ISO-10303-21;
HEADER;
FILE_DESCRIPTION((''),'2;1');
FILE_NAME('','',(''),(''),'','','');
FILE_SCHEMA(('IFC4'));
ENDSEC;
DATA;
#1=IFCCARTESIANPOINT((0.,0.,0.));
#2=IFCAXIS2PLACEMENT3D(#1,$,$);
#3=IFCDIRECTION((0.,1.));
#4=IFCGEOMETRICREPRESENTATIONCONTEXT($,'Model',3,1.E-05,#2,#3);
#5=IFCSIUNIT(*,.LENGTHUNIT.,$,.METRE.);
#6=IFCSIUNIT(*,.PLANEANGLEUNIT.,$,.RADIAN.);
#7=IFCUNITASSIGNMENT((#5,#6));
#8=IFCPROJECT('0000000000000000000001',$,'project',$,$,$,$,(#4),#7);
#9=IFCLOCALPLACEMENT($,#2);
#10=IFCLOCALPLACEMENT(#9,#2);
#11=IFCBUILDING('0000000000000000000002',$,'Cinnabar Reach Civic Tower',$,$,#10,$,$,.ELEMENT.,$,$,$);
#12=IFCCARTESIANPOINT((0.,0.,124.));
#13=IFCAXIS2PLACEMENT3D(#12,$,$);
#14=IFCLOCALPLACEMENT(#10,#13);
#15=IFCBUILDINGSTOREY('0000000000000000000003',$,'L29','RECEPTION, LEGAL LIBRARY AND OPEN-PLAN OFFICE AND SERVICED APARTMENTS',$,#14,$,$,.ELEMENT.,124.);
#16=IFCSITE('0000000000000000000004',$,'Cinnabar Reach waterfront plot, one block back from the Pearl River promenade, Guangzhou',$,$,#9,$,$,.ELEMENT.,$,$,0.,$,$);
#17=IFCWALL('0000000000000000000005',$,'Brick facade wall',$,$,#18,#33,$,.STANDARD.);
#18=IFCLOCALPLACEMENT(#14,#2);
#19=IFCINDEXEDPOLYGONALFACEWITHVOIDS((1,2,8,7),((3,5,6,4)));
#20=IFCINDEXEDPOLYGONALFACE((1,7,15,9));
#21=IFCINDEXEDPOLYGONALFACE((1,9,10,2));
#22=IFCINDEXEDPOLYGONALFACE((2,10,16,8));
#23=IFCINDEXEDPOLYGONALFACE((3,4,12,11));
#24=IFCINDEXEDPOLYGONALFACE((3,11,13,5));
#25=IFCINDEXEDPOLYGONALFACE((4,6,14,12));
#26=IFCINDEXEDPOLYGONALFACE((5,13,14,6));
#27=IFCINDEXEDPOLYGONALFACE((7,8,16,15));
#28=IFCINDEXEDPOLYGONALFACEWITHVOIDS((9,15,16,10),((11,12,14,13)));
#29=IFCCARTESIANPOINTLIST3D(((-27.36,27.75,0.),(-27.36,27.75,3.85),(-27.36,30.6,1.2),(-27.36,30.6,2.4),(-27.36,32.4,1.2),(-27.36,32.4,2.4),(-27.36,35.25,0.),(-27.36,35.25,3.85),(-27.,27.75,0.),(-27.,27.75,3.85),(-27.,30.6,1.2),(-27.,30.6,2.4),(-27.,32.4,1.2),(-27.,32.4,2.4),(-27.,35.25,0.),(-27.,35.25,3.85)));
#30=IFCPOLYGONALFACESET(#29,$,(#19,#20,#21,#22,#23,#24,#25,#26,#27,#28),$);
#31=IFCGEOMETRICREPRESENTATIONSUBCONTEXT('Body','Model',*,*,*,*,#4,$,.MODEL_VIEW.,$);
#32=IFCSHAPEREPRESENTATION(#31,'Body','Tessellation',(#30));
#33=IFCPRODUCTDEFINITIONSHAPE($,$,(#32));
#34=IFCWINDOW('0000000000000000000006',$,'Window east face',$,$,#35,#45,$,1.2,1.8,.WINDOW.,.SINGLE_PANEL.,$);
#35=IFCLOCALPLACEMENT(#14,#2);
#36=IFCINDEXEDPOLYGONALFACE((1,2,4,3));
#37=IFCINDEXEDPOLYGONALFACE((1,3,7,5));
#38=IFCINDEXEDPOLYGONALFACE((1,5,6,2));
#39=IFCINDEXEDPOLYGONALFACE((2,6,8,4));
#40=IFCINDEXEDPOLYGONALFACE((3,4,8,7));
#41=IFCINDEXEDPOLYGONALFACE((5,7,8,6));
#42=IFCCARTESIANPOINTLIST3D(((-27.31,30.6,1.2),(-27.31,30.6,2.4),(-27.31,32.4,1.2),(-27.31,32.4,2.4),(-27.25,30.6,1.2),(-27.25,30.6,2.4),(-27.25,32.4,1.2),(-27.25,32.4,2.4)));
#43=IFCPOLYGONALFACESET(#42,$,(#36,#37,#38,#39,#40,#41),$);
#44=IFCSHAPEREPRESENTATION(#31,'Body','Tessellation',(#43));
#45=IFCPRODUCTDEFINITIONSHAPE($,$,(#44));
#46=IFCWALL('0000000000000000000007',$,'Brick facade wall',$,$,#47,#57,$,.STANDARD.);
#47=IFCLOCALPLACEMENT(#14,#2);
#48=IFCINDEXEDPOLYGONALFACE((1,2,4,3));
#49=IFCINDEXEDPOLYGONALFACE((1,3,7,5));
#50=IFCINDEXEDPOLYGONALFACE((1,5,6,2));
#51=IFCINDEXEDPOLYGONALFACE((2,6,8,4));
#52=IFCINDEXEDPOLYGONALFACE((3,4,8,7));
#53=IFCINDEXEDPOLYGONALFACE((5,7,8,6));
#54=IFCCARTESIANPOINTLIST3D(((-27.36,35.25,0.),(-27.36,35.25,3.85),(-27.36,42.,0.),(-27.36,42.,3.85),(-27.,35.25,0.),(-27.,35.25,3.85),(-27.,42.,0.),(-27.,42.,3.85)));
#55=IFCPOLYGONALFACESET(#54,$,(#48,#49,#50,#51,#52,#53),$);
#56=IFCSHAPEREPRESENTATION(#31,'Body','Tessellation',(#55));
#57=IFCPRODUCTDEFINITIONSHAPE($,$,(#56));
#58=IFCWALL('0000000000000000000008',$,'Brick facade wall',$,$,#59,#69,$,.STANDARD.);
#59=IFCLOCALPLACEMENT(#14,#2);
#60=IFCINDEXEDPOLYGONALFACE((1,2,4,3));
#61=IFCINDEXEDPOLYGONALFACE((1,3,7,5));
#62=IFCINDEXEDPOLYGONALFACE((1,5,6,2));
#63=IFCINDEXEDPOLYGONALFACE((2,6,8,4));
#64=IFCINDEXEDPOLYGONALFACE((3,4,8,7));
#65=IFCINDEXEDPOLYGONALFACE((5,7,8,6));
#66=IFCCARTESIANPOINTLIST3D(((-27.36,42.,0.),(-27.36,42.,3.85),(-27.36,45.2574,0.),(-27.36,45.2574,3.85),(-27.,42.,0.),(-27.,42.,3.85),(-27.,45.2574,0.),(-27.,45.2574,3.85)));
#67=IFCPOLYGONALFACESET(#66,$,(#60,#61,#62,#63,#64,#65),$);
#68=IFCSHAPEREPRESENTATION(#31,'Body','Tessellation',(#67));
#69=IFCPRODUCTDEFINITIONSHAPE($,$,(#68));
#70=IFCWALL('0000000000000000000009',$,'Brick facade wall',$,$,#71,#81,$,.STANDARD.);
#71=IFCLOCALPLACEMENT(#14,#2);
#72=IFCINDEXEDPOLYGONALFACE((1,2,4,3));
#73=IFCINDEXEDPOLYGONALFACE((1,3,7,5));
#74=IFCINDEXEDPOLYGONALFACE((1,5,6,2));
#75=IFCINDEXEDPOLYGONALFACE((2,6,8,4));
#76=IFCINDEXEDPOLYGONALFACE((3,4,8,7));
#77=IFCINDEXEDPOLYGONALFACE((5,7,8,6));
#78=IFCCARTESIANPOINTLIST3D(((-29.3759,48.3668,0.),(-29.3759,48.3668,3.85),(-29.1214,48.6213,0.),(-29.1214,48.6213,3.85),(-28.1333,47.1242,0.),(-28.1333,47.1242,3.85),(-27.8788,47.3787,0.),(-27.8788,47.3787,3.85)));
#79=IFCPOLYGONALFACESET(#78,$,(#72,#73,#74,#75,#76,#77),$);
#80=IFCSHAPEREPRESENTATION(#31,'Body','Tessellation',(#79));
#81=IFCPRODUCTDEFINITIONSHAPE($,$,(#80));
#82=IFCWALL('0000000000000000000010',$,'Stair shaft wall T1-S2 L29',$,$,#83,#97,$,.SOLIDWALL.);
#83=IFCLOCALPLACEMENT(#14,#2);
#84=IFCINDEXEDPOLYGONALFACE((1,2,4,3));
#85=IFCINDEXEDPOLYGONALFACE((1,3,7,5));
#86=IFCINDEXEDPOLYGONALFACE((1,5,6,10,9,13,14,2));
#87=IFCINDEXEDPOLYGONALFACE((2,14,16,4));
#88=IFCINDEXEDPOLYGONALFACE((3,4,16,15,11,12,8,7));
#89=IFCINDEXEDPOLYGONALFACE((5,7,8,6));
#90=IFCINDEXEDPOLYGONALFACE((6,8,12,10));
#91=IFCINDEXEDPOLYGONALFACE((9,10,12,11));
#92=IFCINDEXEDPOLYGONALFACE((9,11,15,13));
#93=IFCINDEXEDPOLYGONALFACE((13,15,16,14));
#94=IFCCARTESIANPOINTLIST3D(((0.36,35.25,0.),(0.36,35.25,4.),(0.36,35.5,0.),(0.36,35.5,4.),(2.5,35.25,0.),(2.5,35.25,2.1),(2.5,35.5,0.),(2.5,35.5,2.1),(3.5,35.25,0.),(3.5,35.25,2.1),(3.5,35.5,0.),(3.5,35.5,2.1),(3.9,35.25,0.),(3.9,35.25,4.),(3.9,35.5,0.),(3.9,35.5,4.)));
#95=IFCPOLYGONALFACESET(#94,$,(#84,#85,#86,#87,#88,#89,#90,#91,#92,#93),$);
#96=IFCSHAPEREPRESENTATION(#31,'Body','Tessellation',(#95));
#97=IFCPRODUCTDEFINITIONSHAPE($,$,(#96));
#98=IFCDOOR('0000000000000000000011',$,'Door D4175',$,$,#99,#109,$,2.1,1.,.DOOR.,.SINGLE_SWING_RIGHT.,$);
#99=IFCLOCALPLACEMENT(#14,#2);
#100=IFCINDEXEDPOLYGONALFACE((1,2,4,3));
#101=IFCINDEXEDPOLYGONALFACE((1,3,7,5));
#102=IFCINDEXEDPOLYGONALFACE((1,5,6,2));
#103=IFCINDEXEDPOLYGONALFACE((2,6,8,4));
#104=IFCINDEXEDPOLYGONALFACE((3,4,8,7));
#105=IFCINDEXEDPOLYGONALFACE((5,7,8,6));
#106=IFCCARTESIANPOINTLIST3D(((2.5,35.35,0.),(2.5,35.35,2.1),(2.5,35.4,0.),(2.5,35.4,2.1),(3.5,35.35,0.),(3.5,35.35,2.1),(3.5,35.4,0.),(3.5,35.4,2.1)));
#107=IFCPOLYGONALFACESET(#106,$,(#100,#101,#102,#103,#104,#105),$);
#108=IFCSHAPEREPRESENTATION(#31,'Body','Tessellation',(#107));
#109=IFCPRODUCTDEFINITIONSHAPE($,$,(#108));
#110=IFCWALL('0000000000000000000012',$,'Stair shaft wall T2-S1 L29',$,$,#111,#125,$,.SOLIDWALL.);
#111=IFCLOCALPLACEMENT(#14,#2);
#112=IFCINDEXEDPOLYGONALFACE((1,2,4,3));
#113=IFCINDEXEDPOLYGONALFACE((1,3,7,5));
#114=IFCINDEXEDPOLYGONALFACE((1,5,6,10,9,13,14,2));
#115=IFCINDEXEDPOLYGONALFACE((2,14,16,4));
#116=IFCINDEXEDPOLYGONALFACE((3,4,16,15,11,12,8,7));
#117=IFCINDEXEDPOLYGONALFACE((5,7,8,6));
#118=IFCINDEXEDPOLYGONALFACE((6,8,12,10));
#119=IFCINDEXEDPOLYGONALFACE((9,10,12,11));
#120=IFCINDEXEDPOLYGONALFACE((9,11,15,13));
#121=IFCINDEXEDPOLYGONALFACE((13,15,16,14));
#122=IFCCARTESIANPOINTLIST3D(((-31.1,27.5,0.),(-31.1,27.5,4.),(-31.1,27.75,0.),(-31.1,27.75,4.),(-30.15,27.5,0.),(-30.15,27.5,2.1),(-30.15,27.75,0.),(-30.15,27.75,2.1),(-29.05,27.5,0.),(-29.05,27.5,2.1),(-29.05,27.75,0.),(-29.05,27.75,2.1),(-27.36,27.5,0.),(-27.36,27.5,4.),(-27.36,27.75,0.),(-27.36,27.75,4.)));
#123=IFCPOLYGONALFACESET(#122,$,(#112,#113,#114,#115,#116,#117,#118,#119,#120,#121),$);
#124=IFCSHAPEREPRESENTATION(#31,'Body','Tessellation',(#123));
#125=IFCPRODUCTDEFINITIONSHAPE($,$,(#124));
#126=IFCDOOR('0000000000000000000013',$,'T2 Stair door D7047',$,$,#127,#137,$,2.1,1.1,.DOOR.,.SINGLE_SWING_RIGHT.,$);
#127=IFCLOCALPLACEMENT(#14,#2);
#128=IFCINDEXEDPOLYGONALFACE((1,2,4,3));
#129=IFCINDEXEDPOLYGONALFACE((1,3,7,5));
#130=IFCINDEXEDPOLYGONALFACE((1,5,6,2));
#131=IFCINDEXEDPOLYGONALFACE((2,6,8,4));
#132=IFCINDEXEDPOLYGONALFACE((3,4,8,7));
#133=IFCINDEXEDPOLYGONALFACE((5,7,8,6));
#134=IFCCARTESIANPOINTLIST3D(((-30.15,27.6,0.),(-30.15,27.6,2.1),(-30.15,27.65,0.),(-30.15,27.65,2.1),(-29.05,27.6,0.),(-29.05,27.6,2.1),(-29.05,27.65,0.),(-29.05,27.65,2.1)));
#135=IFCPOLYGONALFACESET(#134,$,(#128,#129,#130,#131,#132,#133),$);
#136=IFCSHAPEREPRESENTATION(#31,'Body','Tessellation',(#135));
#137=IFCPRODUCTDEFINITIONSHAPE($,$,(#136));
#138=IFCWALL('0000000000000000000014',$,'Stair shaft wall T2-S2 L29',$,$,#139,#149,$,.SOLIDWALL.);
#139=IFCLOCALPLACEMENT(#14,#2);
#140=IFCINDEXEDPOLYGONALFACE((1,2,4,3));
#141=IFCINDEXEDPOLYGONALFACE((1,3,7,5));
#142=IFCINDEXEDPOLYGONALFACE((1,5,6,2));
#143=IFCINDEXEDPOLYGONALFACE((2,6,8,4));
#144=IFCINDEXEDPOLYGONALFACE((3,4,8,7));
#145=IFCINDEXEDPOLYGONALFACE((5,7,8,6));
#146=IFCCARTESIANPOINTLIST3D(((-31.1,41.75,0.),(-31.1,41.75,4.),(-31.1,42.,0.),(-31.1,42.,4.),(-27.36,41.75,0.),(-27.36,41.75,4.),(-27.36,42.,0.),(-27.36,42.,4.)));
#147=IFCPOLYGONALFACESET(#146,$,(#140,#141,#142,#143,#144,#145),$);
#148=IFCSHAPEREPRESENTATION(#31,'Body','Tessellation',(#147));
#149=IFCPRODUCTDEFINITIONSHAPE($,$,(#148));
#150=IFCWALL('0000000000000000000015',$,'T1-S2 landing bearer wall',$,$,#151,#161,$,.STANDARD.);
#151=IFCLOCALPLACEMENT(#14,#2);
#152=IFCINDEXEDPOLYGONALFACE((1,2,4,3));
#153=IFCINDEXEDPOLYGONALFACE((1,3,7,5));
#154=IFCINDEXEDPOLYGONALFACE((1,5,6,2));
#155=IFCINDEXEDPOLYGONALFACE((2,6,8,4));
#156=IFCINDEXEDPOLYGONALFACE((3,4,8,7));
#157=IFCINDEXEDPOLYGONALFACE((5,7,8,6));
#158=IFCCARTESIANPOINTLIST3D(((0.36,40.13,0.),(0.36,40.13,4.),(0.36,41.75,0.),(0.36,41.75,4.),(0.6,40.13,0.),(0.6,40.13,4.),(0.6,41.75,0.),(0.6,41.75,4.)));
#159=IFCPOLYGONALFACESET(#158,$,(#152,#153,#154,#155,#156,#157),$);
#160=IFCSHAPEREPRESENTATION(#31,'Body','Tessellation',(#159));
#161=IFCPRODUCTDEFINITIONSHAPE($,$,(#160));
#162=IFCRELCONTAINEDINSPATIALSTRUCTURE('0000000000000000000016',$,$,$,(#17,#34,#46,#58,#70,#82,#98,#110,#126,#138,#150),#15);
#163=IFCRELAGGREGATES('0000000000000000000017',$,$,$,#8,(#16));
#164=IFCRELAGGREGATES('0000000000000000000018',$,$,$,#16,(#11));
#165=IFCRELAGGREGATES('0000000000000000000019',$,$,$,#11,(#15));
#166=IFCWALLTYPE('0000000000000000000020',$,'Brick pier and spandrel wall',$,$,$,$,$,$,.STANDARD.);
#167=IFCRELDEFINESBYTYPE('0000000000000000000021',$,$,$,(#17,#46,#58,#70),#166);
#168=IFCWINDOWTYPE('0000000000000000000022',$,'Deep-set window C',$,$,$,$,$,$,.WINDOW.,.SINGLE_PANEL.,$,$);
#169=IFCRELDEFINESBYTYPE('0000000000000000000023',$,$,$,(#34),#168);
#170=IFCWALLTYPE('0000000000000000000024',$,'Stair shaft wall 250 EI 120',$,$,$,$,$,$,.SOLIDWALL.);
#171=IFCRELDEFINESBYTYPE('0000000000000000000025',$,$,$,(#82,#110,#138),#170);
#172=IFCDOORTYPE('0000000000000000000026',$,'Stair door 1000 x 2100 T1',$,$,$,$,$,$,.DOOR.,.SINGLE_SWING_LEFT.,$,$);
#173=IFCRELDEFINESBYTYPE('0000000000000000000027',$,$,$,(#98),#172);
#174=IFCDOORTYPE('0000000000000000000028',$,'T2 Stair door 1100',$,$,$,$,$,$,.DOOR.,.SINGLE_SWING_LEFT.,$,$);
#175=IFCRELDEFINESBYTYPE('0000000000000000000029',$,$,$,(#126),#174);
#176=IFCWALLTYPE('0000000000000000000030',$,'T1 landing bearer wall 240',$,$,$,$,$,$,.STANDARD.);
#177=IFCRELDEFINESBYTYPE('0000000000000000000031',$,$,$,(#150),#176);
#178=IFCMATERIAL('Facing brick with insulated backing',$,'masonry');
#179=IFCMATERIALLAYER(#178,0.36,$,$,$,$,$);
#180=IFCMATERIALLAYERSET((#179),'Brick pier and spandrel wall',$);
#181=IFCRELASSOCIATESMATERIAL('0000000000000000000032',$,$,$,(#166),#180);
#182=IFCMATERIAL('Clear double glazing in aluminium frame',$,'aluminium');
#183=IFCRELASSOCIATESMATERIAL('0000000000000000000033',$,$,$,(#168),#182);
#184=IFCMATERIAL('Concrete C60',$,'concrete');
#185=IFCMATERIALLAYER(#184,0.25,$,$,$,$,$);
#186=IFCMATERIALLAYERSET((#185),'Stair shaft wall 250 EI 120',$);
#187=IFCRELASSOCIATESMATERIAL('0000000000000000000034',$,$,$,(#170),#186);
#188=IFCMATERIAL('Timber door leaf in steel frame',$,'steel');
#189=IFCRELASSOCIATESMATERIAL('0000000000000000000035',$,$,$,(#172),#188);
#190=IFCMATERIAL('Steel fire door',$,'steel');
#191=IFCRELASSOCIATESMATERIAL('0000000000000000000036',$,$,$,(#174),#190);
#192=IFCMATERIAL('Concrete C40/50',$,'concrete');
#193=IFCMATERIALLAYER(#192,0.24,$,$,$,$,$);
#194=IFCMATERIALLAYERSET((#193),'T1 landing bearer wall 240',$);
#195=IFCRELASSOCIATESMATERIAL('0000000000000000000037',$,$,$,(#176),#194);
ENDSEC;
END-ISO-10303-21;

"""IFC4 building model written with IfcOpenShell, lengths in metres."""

from ifc_helpers import new_model, si_unit, direction, frame, frame_2d, origin, place, context, subcontext, project, spatial, rectangle, extrude, material, layer, layer_set, type_object, element, fill, save


model = new_model("IFC4")

# Units and contexts
model_context = context("Model", 3, precision=1e-05, world=origin(), true_north=direction((0.0, 1.0)))
body_context = subcontext(model_context, "Body", "Model", "MODEL_VIEW")
ifc_project = project(units=[si_unit("LENGTHUNIT", "METRE"), si_unit("PLANEANGLEUNIT", "RADIAN")], contexts=[model_context])

# Site, building, storey
site_placement = place(None, origin())
site = spatial("IfcSite", under=ifc_project, at=site_placement, Name="Cinnabar Reach waterfront plot, one block back from the Pearl River promenade, Guangzhou", CompositionType="ELEMENT", RefElevation=0.0)
building_placement = place(site_placement, origin())
building = spatial("IfcBuilding", under=site, at=building_placement, Name="Cinnabar Reach Civic Tower", CompositionType="ELEMENT")
storey_placement = place(building_placement, frame((0.0, 0.0, 124.0)))
storey = spatial("IfcBuildingStorey", under=building, at=storey_placement, Name="L29", Description="RECEPTION, LEGAL LIBRARY AND OPEN-PLAN OFFICE AND SERVICED APARTMENTS", CompositionType="ELEMENT", Elevation=124.0)

# Shared definitions
ifc_material_1 = material(Name="Concrete C60", Category="concrete")

# Shared definitions
ifc_material_2 = material(Name="Facing brick with insulated backing", Category="masonry")
ifc_layer_1 = layer(ifc_material_2, 0.36)
ifc_layer_set_1 = layer_set([ifc_layer_1], Name="Brick pier and spandrel wall")
wall_type_1 = type_object("IfcWallType", Name="Brick pier and spandrel wall", PredefinedType="STANDARD", material=ifc_layer_set_1)

# Wall, opening, window
wall_1_placement = place(storey_placement, frame((-27.18, 27.75, 0.0), z_axis=(0.0, 0.0, 1.0), x_axis=(0.0, 1.0, 0.0)))
wall_1 = element("IfcWall", 1, at=wall_1_placement, inside=storey, type_object=wall_type_1, Name="Brick facade wall", PredefinedType="STANDARD", context=body_context, shape_type="SweptSolid", body=[
    extrude(rectangle(XDim=7.5, YDim=0.36, at=frame_2d((3.75, 0.0))), origin(), (0.0, 0.0, 1.0), 3.85),
])
opening_1_placement = place(wall_1_placement, frame((2.85, 0.0, 1.2)))
opening_1 = element("IfcOpeningElement", 2, at=opening_1_placement, cuts=wall_1, PredefinedType="OPENING", context=body_context, shape_type="SweptSolid", body=[
    extrude(rectangle(XDim=1.8, YDim=1.2, at=frame_2d((0.9, 0.6))), frame((0.0, 0.19, 0.0), z_axis=(0.0, -1.0, 0.0), x_axis=(1.0, 0.0, 0.0)), (0.0, 0.0, 1.0), 0.38),
])
ifc_material_3 = material(Name="Clear double glazing in aluminium frame", Category="aluminium")
window_type = type_object("IfcWindowType", Name="Deep-set window C", PartitioningType="SINGLE_PANEL", PredefinedType="WINDOW", material=ifc_material_3)
window_placement = place(opening_1_placement, origin())
window = element("IfcWindow", 3, at=window_placement, inside=storey, type_object=window_type, Name="Window east face", OverallHeight=1.2, OverallWidth=1.8, PartitioningType="SINGLE_PANEL", PredefinedType="WINDOW", context=body_context, shape_type="SweptSolid", body=[
    extrude(rectangle(XDim=1.8, YDim=1.2, at=frame_2d((0.9, 0.6))), frame((0.0, 0.13, 0.0), z_axis=(0.0, -1.0, 0.0), x_axis=(1.0, 0.0, 0.0)), (0.0, 0.0, 1.0), 0.06),
])
fill(opening_1, window)

# Walls
wall_2_placement = place(storey_placement, frame((-27.18, 35.25, 0.0), z_axis=(0.0, 0.0, 1.0), x_axis=(0.0, 1.0, 0.0)))
element("IfcWall", 4, at=wall_2_placement, inside=storey, type_object=wall_type_1, Name="Brick facade wall", PredefinedType="STANDARD", context=body_context, shape_type="SweptSolid", body=[
    extrude(rectangle(XDim=6.75, YDim=0.36, at=frame_2d((3.375, 0.0))), origin(), (0.0, 0.0, 1.0), 3.85),
])
wall_3_placement = place(storey_placement, frame((-27.18, 42.0, 0.0), z_axis=(0.0, 0.0, 1.0), x_axis=(0.0, 1.0, 0.0)))
element("IfcWall", 5, at=wall_3_placement, inside=storey, type_object=wall_type_1, Name="Brick facade wall", PredefinedType="STANDARD", context=body_context, shape_type="SweptSolid", body=[
    extrude(rectangle(XDim=3.2574, YDim=0.36, at=frame_2d((1.6287, 0.0))), origin(), (0.0, 0.0, 1.0), 3.85),
])
wall_4_placement = place(storey_placement, frame((-28.006, 47.2514, 0.0), z_axis=(0.0, 0.0, 1.0), x_axis=(-0.707107, 0.707107, 0.0)))
element("IfcWall", 6, at=wall_4_placement, inside=storey, type_object=wall_type_1, Name="Brick facade wall", PredefinedType="STANDARD", context=body_context, shape_type="SweptSolid", body=[
    extrude(rectangle(XDim=1.7573, YDim=0.36, at=frame_2d((0.8787, 0.0))), origin(), (0.0, 0.0, 1.0), 3.85),
])

# Walls, openings, doors
ifc_layer_2 = layer(ifc_material_1, 0.25)
ifc_layer_set_2 = layer_set([ifc_layer_2], Name="Stair shaft wall 250 EI 120")
wall_type_2 = type_object("IfcWallType", Name="Stair shaft wall 250 EI 120", PredefinedType="SOLIDWALL", material=ifc_layer_set_2)
wall_5_placement = place(storey_placement, frame((0.36, 35.375, 0.0), z_axis=(0.0, 0.0, 1.0), x_axis=(1.0, 0.0, 0.0)))
wall_5 = element("IfcWall", 7, at=wall_5_placement, inside=storey, type_object=wall_type_2, Name="Stair shaft wall T1-S2 L29", PredefinedType="SOLIDWALL", context=body_context, shape_type="SweptSolid", body=[
    extrude(rectangle(XDim=3.54, YDim=0.25, at=frame_2d((1.77, 0.0))), origin(), (0.0, 0.0, 1.0), 4.0),
])
opening_2_placement = place(wall_5_placement, frame((2.14, 0.0, 0.0)))
opening_2 = element("IfcOpeningElement", 8, at=opening_2_placement, cuts=wall_5, PredefinedType="OPENING", context=body_context, shape_type="SweptSolid", body=[
    extrude(rectangle(XDim=1.0, YDim=2.1, at=frame_2d((0.5, 1.05))), frame((0.0, 0.135, 0.0), z_axis=(0.0, -1.0, 0.0), x_axis=(1.0, 0.0, 0.0)), (0.0, 0.0, 1.0), 0.27),
])
ifc_material_4 = material(Name="Timber door leaf in steel frame", Category="steel")
door_type_1 = type_object("IfcDoorType", Name="Stair door 1000 x 2100 T1", OperationType="SINGLE_SWING_LEFT", PredefinedType="DOOR", material=ifc_material_4)
door_1_placement = place(opening_2_placement, origin())
door_1 = element("IfcDoor", 9, at=door_1_placement, inside=storey, type_object=door_type_1, Name="Door D4175", OperationType="SINGLE_SWING_RIGHT", OverallHeight=2.1, OverallWidth=1.0, PredefinedType="DOOR", context=body_context, shape_type="SweptSolid", body=[
    extrude(rectangle(XDim=1.0, YDim=2.1, at=frame_2d((0.5, 1.05))), frame((0.0, 0.025, 0.0), z_axis=(0.0, -1.0, 0.0), x_axis=(1.0, 0.0, 0.0)), (0.0, 0.0, 1.0), 0.05),
])
fill(opening_2, door_1)
wall_6_placement = place(storey_placement, frame((-27.36, 27.625, 0.0), z_axis=(0.0, 0.0, 1.0), x_axis=(-1.0, 0.0, 0.0)))
wall_6 = element("IfcWall", 10, at=wall_6_placement, inside=storey, type_object=wall_type_2, Name="Stair shaft wall T2-S1 L29", PredefinedType="SOLIDWALL", context=body_context, shape_type="SweptSolid", body=[
    extrude(rectangle(XDim=3.74, YDim=0.25, at=frame_2d((1.87, 0.0))), origin(), (0.0, 0.0, 1.0), 4.0),
])
opening_3_placement = place(wall_6_placement, frame((1.69, 0.0, 0.0)))
opening_3 = element("IfcOpeningElement", 11, at=opening_3_placement, cuts=wall_6, PredefinedType="OPENING", context=body_context, shape_type="SweptSolid", body=[
    extrude(rectangle(XDim=1.1, YDim=2.1, at=frame_2d((0.55, 1.05))), frame((0.0, 0.135, 0.0), z_axis=(0.0, -1.0, 0.0), x_axis=(1.0, 0.0, 0.0)), (0.0, 0.0, 1.0), 0.27),
])
ifc_material_5 = material(Name="Steel fire door", Category="steel")
door_type_2 = type_object("IfcDoorType", Name="T2 Stair door 1100", OperationType="SINGLE_SWING_LEFT", PredefinedType="DOOR", material=ifc_material_5)
door_2_placement = place(opening_3_placement, origin())
door_2 = element("IfcDoor", 12, at=door_2_placement, inside=storey, type_object=door_type_2, Name="T2 Stair door D7047", OperationType="SINGLE_SWING_RIGHT", OverallHeight=2.1, OverallWidth=1.1, PredefinedType="DOOR", context=body_context, shape_type="SweptSolid", body=[
    extrude(rectangle(XDim=1.1, YDim=2.1, at=frame_2d((0.55, 1.05))), frame((0.0, 0.025, 0.0), z_axis=(0.0, -1.0, 0.0), x_axis=(1.0, 0.0, 0.0)), (0.0, 0.0, 1.0), 0.05),
])
fill(opening_3, door_2)

# Walls
wall_7_placement = place(storey_placement, frame((-27.36, 41.875, 0.0), z_axis=(0.0, 0.0, 1.0), x_axis=(-1.0, 0.0, 0.0)))
element("IfcWall", 13, at=wall_7_placement, inside=storey, type_object=wall_type_2, Name="Stair shaft wall T2-S2 L29", PredefinedType="SOLIDWALL", context=body_context, shape_type="SweptSolid", body=[
    extrude(rectangle(XDim=3.74, YDim=0.25, at=frame_2d((1.87, 0.0))), origin(), (0.0, 0.0, 1.0), 4.0),
])
ifc_material_6 = material(Name="Concrete C40/50", Category="concrete")
ifc_layer_3 = layer(ifc_material_6, 0.24)
ifc_layer_set_3 = layer_set([ifc_layer_3], Name="T1 landing bearer wall 240")
wall_type_3 = type_object("IfcWallType", Name="T1 landing bearer wall 240", PredefinedType="STANDARD", material=ifc_layer_set_3)
wall_8_placement = place(storey_placement, frame((0.48, 40.13, 0.0), z_axis=(0.0, 0.0, 1.0), x_axis=(0.0, 1.0, 0.0)))
element("IfcWall", 14, at=wall_8_placement, inside=storey, type_object=wall_type_3, Name="T1-S2 landing bearer wall", PredefinedType="STANDARD", context=body_context, shape_type="SweptSolid", body=[
    extrude(rectangle(XDim=1.62, YDim=0.24, at=frame_2d((0.81, 0.0))), origin(), (0.0, 0.0, 1.0), 4.0),
])

save(model, "model.ifc")
